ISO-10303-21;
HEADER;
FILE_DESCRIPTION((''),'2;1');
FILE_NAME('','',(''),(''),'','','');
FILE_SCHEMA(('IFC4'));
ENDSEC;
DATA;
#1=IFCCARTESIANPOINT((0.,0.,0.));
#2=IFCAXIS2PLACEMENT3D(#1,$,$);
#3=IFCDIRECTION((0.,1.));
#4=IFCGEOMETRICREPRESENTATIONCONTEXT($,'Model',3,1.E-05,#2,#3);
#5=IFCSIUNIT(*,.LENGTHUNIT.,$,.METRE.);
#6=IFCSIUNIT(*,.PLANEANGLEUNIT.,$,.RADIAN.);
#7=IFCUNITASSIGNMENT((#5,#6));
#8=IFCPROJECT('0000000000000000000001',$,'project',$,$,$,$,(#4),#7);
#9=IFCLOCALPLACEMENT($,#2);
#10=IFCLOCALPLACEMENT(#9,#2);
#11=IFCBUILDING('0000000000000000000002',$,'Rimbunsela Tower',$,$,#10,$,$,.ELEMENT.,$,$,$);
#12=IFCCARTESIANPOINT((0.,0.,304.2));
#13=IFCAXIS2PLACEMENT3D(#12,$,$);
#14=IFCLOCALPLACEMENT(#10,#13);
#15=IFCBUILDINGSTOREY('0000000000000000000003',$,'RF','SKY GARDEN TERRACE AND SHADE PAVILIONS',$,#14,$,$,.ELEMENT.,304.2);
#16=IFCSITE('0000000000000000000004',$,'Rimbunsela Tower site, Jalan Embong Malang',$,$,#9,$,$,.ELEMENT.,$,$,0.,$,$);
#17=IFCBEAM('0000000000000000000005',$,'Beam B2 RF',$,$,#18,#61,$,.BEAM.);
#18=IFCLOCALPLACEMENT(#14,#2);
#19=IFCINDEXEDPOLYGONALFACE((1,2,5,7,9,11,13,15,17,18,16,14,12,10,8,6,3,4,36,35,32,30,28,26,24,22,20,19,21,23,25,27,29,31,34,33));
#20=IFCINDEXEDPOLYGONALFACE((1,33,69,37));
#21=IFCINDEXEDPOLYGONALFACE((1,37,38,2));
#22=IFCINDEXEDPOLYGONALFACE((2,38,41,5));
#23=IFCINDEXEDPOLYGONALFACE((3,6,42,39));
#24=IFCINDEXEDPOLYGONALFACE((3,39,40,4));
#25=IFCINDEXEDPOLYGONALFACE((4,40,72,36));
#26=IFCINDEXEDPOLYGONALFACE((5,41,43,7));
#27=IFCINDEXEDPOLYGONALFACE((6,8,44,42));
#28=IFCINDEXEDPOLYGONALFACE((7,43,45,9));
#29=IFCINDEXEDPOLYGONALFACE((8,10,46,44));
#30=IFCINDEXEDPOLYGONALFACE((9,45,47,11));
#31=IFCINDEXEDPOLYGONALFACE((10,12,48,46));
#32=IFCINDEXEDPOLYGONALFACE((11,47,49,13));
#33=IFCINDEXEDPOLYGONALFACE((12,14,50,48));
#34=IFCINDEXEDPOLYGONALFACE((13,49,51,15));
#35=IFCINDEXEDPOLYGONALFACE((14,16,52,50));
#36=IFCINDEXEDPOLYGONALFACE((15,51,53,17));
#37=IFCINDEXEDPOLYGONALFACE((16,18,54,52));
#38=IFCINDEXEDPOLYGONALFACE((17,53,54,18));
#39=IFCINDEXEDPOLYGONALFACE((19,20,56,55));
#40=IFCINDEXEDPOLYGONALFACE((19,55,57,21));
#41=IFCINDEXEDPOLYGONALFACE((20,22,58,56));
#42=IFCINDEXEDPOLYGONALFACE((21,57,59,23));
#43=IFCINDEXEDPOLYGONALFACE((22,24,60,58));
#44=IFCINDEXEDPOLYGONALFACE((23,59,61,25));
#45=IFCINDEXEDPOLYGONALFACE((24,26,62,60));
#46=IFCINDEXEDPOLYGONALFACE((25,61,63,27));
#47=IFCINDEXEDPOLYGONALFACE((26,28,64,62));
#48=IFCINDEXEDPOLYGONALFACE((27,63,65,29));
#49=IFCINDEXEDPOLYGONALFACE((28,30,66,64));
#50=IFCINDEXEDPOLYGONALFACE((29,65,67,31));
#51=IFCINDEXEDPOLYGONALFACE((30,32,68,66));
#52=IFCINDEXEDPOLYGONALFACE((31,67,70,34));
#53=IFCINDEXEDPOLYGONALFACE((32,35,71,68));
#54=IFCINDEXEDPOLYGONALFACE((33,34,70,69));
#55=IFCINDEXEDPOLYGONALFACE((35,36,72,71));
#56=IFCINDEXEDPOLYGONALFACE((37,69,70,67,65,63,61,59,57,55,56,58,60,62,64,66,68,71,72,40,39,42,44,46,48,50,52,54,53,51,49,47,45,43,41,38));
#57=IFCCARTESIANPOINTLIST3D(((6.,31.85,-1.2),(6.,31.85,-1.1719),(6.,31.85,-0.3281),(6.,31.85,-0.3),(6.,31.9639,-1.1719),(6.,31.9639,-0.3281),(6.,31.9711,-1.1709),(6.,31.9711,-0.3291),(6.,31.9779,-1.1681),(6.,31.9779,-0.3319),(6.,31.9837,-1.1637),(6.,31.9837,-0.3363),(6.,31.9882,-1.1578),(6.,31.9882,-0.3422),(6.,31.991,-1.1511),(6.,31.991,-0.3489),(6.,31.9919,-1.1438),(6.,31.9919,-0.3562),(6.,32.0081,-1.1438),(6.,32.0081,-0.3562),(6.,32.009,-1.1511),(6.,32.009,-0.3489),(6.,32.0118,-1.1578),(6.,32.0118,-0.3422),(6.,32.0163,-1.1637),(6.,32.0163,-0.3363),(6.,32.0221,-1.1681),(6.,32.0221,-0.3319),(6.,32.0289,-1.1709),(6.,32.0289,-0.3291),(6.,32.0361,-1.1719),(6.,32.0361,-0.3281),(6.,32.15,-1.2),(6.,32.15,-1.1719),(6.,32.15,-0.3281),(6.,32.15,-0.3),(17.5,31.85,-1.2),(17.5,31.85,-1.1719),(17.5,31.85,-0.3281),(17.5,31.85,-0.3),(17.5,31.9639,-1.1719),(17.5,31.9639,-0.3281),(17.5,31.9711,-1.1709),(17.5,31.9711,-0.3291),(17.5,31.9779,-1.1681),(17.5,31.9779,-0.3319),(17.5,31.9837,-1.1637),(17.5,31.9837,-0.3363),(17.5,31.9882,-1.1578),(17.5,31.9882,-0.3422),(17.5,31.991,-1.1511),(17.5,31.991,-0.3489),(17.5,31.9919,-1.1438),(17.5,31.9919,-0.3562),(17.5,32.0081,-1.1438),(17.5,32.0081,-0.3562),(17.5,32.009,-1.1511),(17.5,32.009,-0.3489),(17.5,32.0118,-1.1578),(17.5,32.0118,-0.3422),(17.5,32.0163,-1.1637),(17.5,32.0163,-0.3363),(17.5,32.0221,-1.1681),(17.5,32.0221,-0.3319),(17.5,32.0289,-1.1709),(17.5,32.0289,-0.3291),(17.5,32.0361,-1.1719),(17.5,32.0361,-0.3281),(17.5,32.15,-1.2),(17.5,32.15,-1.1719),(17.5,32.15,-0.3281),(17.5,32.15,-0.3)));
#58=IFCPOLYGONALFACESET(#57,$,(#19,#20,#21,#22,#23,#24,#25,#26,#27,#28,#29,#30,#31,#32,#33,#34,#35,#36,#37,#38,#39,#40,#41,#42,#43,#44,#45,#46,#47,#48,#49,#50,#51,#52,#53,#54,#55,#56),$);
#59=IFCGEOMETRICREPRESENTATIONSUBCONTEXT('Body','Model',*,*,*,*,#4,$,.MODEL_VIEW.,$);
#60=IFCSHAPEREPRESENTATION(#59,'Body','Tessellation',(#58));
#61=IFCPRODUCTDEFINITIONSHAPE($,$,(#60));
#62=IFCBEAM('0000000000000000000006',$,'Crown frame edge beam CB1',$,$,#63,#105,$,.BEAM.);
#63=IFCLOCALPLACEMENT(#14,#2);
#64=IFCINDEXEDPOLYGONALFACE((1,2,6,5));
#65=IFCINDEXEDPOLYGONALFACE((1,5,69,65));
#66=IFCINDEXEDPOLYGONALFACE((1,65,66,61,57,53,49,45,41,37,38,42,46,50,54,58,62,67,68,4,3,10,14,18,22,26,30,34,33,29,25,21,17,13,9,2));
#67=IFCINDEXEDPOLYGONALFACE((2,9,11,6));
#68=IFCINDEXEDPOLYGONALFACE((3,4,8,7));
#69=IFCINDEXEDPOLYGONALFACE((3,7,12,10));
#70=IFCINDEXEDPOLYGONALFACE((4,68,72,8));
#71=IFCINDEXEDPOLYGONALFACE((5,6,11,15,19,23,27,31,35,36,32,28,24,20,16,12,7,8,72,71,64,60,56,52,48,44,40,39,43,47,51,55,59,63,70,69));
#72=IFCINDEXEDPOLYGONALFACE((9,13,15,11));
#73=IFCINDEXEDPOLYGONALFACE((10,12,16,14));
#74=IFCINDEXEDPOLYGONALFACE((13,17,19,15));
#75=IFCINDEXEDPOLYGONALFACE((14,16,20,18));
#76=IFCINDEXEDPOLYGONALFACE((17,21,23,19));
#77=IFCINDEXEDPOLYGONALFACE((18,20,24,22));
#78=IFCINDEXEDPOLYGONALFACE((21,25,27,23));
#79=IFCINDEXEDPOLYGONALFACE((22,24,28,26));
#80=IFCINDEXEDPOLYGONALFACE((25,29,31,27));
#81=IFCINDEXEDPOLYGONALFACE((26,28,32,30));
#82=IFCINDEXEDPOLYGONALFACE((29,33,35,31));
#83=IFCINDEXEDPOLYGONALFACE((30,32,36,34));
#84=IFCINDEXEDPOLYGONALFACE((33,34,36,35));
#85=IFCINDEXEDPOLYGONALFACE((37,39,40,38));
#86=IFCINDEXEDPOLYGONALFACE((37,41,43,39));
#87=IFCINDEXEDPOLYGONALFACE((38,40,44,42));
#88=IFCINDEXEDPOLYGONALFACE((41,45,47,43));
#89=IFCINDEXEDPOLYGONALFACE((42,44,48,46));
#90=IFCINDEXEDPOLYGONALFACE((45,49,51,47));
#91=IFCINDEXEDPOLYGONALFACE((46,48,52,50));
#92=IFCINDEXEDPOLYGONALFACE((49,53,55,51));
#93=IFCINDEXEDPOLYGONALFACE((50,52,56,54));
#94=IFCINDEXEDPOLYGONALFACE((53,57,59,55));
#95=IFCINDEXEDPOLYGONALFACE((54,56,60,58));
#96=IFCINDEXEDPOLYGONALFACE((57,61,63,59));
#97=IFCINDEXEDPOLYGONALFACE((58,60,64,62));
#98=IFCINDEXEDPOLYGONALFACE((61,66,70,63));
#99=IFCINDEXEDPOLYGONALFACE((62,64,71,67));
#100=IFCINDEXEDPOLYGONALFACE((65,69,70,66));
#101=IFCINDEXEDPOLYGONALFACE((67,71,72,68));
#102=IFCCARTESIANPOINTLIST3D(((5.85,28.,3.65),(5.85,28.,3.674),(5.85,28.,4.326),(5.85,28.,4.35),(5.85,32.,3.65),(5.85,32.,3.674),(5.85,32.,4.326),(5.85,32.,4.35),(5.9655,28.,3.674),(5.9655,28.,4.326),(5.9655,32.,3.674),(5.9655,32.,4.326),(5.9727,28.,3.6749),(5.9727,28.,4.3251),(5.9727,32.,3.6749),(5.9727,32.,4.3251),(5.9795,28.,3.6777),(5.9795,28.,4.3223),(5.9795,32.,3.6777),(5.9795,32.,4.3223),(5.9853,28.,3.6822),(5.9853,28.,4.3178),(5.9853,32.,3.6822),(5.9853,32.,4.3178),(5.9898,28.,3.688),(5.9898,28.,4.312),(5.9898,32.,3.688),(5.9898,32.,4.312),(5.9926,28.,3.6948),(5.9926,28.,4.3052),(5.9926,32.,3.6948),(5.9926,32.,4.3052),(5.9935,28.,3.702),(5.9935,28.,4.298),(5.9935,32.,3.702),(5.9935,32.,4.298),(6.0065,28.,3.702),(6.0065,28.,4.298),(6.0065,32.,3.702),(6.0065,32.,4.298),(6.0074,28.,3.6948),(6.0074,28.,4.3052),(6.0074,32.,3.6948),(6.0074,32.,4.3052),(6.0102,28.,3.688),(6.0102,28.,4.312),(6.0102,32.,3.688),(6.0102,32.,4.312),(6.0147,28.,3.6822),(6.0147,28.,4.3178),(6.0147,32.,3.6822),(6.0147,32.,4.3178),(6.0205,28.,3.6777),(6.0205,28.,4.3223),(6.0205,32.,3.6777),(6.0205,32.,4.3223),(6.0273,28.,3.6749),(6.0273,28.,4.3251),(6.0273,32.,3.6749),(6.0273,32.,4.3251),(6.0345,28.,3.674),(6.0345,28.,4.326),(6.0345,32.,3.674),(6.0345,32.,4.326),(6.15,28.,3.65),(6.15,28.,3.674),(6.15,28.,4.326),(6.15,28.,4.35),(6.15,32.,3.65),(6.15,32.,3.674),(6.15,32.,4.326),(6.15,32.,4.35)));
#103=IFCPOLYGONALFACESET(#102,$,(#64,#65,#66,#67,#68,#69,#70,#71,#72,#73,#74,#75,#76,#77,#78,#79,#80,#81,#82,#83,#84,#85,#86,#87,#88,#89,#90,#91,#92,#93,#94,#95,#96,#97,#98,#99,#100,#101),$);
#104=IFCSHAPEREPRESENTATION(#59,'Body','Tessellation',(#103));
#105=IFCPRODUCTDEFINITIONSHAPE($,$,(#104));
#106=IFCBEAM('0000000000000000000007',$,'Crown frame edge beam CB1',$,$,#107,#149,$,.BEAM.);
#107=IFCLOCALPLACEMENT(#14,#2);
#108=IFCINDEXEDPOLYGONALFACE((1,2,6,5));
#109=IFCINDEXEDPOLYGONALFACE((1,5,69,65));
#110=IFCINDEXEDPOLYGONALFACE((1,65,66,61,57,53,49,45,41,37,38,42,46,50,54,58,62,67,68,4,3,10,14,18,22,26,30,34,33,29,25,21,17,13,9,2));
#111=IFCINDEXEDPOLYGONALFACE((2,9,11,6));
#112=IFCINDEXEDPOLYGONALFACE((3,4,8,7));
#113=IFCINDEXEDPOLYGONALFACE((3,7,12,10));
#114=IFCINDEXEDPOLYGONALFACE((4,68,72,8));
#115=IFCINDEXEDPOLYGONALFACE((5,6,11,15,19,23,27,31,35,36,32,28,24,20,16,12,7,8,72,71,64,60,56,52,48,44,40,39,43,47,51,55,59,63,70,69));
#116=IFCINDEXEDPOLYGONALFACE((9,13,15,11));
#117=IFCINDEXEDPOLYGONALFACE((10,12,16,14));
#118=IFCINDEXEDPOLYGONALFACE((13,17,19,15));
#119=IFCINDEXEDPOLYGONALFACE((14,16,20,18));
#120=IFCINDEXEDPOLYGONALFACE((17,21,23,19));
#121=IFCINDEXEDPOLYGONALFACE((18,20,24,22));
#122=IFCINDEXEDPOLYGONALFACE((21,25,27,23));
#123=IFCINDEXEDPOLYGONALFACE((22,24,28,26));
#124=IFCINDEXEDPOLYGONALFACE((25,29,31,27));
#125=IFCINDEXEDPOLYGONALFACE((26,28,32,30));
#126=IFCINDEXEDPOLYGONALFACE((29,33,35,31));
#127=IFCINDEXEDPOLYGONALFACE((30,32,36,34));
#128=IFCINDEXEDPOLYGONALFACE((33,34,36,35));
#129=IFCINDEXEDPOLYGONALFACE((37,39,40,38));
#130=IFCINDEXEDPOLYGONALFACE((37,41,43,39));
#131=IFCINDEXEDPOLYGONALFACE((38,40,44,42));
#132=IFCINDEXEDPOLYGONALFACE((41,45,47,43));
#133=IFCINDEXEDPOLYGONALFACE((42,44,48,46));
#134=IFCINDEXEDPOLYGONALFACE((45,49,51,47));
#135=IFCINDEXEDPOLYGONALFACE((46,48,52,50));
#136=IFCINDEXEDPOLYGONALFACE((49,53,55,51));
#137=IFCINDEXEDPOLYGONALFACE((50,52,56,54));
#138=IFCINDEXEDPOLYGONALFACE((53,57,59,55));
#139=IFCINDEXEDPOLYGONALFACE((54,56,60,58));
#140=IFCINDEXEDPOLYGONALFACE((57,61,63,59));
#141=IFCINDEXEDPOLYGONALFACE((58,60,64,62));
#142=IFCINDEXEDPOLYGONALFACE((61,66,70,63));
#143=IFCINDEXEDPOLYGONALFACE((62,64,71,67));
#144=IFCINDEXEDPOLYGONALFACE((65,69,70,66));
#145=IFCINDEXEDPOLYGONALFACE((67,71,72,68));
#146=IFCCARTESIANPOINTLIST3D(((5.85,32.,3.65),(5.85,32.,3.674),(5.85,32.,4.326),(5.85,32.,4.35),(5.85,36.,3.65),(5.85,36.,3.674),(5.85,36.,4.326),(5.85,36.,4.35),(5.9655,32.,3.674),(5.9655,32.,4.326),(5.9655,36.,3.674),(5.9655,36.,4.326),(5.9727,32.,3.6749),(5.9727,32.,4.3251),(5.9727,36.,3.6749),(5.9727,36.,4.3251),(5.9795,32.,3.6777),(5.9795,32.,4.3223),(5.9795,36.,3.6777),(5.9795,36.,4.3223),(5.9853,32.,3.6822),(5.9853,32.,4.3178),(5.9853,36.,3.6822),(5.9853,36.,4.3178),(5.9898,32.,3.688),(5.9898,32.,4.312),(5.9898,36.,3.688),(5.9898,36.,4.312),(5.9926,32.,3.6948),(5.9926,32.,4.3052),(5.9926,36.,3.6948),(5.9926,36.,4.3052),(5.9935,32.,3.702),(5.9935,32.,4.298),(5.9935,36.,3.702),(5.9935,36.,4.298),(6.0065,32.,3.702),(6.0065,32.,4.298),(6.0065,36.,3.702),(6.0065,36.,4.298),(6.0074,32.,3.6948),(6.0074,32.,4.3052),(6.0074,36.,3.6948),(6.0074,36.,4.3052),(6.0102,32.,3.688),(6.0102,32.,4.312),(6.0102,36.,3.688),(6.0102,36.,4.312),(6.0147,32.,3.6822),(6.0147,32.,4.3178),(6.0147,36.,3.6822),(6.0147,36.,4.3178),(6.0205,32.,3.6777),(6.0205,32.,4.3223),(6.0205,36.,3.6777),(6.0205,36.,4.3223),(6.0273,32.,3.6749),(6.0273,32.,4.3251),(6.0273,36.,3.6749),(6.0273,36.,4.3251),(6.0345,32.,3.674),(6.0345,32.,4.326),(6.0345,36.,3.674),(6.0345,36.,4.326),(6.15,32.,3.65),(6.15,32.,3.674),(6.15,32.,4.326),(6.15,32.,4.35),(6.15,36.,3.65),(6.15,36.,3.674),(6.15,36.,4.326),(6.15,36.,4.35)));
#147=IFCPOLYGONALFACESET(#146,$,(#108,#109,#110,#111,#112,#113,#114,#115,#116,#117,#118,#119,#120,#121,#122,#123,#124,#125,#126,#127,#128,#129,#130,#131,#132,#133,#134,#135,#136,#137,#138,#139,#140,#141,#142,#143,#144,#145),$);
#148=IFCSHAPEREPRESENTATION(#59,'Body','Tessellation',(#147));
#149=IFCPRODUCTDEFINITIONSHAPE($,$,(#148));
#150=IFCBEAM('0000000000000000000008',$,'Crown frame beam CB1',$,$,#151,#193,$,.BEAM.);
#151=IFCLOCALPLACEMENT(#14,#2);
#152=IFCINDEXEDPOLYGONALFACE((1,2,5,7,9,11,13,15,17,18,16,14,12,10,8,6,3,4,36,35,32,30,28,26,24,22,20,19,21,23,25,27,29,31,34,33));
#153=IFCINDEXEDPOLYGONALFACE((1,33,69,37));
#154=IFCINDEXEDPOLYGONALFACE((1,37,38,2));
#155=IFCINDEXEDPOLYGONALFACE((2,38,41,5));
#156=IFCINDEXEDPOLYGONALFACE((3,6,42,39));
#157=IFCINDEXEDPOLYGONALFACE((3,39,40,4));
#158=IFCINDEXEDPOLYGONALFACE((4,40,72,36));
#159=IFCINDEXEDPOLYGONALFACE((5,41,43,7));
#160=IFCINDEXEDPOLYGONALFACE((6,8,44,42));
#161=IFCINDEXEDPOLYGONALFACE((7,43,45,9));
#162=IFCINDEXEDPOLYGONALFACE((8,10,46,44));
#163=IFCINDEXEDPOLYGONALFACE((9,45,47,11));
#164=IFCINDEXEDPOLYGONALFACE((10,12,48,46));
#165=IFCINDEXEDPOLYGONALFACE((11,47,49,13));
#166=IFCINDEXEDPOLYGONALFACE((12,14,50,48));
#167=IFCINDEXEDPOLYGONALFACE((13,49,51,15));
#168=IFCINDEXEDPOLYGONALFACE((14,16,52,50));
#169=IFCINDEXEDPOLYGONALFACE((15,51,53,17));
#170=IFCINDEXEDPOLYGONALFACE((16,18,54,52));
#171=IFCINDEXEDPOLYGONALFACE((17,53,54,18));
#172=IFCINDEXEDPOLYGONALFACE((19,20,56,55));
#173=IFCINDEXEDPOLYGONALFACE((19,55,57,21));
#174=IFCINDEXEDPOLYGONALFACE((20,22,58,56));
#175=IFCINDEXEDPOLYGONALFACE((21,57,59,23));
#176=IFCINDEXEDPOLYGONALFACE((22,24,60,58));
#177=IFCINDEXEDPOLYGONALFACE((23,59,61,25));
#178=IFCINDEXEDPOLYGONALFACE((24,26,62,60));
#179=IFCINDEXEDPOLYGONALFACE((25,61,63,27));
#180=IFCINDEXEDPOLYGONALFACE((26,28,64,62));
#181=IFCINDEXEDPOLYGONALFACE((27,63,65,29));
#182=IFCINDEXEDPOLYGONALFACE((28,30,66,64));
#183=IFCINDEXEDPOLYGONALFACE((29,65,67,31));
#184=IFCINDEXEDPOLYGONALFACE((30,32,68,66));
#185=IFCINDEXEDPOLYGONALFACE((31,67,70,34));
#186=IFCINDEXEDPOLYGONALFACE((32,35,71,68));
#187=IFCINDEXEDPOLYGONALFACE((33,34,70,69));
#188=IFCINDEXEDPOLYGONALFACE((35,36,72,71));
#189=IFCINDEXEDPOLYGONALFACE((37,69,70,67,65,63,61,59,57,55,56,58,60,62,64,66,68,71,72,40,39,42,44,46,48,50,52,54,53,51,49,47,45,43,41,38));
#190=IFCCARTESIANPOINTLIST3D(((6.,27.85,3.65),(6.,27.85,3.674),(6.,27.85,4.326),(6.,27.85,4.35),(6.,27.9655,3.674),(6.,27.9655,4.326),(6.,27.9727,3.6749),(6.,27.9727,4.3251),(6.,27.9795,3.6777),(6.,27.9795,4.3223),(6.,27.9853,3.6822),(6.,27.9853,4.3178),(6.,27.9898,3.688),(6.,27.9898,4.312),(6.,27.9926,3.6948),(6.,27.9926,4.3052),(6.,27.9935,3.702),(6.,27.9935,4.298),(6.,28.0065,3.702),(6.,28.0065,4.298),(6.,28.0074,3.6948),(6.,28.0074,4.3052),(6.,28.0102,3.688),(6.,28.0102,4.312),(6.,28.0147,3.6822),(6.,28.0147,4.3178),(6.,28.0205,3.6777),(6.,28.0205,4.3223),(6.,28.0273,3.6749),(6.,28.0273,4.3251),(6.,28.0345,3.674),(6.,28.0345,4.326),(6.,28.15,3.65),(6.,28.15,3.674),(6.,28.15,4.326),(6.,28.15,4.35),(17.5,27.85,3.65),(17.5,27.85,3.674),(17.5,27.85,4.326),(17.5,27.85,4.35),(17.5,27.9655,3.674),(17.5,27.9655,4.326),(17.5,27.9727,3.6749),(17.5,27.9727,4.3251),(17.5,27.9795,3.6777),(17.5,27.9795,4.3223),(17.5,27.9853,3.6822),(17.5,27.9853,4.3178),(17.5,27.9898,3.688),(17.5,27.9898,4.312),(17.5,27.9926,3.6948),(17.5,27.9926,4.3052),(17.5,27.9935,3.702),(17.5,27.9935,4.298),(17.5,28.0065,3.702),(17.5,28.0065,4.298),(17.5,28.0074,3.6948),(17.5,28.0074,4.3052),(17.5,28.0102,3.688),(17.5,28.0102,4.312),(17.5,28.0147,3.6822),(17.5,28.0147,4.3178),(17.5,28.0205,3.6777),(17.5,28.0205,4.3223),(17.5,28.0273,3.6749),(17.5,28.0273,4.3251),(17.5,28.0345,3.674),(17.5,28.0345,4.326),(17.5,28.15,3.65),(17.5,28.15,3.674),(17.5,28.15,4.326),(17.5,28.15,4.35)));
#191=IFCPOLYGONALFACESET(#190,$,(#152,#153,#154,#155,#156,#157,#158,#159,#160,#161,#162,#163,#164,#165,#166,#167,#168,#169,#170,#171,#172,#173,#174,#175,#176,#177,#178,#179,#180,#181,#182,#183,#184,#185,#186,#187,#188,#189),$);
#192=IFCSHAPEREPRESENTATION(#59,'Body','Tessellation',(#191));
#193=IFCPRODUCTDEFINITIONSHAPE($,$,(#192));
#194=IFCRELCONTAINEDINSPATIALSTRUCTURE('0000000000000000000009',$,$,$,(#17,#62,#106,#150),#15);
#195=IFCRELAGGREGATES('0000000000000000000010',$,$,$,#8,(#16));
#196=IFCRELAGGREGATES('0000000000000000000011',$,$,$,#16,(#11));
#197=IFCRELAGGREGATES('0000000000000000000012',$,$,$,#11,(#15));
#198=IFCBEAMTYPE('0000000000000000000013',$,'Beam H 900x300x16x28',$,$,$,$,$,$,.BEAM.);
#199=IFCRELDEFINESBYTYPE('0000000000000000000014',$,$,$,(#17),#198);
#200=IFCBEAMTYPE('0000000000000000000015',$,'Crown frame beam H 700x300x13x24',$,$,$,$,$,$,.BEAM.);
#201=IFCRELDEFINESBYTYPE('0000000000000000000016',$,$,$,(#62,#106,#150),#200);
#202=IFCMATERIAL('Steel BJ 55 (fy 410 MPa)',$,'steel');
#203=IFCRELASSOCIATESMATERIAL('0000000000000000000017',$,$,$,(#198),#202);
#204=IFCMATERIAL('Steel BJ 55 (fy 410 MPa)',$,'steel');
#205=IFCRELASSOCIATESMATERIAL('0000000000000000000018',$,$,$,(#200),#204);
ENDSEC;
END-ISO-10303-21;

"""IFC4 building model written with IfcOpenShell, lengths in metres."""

from ifc_helpers import new_model, si_unit, direction, frame, origin, origin_2d, place, context, subcontext, project, spatial, i_section, extrude, material, material_profile, profile_set, type_object, element, save


model = new_model("IFC4")

# Units and contexts
model_context = context("Model", 3, precision=1e-05, world=origin(), true_north=direction((0.0, 1.0)))
body_context = subcontext(model_context, "Body", "Model", "MODEL_VIEW")
ifc_project = project(units=[si_unit("LENGTHUNIT", "METRE"), si_unit("PLANEANGLEUNIT", "RADIAN")], contexts=[model_context])

# Site, building, storey
site_placement = place(None, origin())
site = spatial("IfcSite", under=ifc_project, at=site_placement, Name="Rimbunsela Tower site, Jalan Embong Malang", CompositionType="ELEMENT", RefElevation=0.0)
building_placement = place(site_placement, origin())
building = spatial("IfcBuilding", under=site, at=building_placement, Name="Rimbunsela Tower", CompositionType="ELEMENT")
storey_placement = place(building_placement, frame((0.0, 0.0, 304.2)))
storey = spatial("IfcBuildingStorey", under=building, at=storey_placement, Name="RF", Description="SKY GARDEN TERRACE AND SHADE PAVILIONS", CompositionType="ELEMENT", Elevation=304.2)

# Beams
ifc_material_1 = material(Name="Steel BJ 55 (fy 410 MPa)", Category="steel")
ifc_material_profile_1 = material_profile(ifc_material_1, i_section(OverallWidth=0.3, OverallDepth=0.8999, WebThickness=0.0161, FlangeThickness=0.0281, FilletRadius=0.0281, at=origin_2d()), Name="H 900x300x16x28")
ifc_profile_set_1 = profile_set([ifc_material_profile_1], Name="Steel BJ 55 (fy 410 MPa)")
beam_type_1 = type_object("IfcBeamType", Name="Beam H 900x300x16x28", PredefinedType="BEAM", material=ifc_profile_set_1)
for number, where, z_axis, x_axis, name in (
    (1, (6.0, 32.0, -0.75), (1.0, 0.0, 0.0), (0.0, 1.0, 0.0), "Beam B2 RF"),
):
    element("IfcBeam", number, at=place(storey_placement, frame(where, z_axis=z_axis, x_axis=x_axis)), inside=storey, type_object=beam_type_1, Name=name, PredefinedType="BEAM", context=body_context, shape_type="SweptSolid", body=[
        extrude(i_section(OverallWidth=0.3, OverallDepth=0.8999, WebThickness=0.0161, FlangeThickness=0.0281, FilletRadius=0.0281, at=origin_2d()), origin(), (0.0, 0.0, 1.0), 11.5),
    ])
ifc_material_2 = material(Name="Steel BJ 55 (fy 410 MPa)", Category="steel")
ifc_material_profile_2 = material_profile(ifc_material_2, i_section(OverallWidth=0.3, OverallDepth=0.7, WebThickness=0.0129, FlangeThickness=0.0239, FilletRadius=0.0281, at=origin_2d()), Name="H 700x300x13x24")
ifc_profile_set_2 = profile_set([ifc_material_profile_2], Name="Steel BJ 55 (fy 410 MPa)")
beam_type_2 = type_object("IfcBeamType", Name="Crown frame beam H 700x300x13x24", PredefinedType="BEAM", material=ifc_profile_set_2)
for number, where, z_axis, x_axis, name in (
    (2, (6.0, 28.0, 4.0), (0.0, 1.0, 0.0), (-1.0, 0.0, 0.0), "Crown frame edge beam CB1"),
    (3, (6.0, 32.0, 4.0), (0.0, 1.0, 0.0), (-1.0, 0.0, 0.0), "Crown frame edge beam CB1"),
):
    element("IfcBeam", number, at=place(storey_placement, frame(where, z_axis=z_axis, x_axis=x_axis)), inside=storey, type_object=beam_type_2, Name=name, PredefinedType="BEAM", context=body_context, shape_type="SweptSolid", body=[
        extrude(i_section(OverallWidth=0.3, OverallDepth=0.7, WebThickness=0.0129, FlangeThickness=0.0239, FilletRadius=0.0281, at=origin_2d()), origin(), (0.0, 0.0, 1.0), 4.0),
    ])
for number, where, z_axis, x_axis, name in (
    (4, (6.0, 28.0, 4.0), (1.0, 0.0, 0.0), (0.0, 1.0, 0.0), "Crown frame beam CB1"),
):
    element("IfcBeam", number, at=place(storey_placement, frame(where, z_axis=z_axis, x_axis=x_axis)), inside=storey, type_object=beam_type_2, Name=name, PredefinedType="BEAM", context=body_context, shape_type="SweptSolid", body=[
        extrude(i_section(OverallWidth=0.3, OverallDepth=0.7, WebThickness=0.0129, FlangeThickness=0.0239, FilletRadius=0.0281, at=origin_2d()), origin(), (0.0, 0.0, 1.0), 11.5),
    ])

save(model, "model.ifc")
